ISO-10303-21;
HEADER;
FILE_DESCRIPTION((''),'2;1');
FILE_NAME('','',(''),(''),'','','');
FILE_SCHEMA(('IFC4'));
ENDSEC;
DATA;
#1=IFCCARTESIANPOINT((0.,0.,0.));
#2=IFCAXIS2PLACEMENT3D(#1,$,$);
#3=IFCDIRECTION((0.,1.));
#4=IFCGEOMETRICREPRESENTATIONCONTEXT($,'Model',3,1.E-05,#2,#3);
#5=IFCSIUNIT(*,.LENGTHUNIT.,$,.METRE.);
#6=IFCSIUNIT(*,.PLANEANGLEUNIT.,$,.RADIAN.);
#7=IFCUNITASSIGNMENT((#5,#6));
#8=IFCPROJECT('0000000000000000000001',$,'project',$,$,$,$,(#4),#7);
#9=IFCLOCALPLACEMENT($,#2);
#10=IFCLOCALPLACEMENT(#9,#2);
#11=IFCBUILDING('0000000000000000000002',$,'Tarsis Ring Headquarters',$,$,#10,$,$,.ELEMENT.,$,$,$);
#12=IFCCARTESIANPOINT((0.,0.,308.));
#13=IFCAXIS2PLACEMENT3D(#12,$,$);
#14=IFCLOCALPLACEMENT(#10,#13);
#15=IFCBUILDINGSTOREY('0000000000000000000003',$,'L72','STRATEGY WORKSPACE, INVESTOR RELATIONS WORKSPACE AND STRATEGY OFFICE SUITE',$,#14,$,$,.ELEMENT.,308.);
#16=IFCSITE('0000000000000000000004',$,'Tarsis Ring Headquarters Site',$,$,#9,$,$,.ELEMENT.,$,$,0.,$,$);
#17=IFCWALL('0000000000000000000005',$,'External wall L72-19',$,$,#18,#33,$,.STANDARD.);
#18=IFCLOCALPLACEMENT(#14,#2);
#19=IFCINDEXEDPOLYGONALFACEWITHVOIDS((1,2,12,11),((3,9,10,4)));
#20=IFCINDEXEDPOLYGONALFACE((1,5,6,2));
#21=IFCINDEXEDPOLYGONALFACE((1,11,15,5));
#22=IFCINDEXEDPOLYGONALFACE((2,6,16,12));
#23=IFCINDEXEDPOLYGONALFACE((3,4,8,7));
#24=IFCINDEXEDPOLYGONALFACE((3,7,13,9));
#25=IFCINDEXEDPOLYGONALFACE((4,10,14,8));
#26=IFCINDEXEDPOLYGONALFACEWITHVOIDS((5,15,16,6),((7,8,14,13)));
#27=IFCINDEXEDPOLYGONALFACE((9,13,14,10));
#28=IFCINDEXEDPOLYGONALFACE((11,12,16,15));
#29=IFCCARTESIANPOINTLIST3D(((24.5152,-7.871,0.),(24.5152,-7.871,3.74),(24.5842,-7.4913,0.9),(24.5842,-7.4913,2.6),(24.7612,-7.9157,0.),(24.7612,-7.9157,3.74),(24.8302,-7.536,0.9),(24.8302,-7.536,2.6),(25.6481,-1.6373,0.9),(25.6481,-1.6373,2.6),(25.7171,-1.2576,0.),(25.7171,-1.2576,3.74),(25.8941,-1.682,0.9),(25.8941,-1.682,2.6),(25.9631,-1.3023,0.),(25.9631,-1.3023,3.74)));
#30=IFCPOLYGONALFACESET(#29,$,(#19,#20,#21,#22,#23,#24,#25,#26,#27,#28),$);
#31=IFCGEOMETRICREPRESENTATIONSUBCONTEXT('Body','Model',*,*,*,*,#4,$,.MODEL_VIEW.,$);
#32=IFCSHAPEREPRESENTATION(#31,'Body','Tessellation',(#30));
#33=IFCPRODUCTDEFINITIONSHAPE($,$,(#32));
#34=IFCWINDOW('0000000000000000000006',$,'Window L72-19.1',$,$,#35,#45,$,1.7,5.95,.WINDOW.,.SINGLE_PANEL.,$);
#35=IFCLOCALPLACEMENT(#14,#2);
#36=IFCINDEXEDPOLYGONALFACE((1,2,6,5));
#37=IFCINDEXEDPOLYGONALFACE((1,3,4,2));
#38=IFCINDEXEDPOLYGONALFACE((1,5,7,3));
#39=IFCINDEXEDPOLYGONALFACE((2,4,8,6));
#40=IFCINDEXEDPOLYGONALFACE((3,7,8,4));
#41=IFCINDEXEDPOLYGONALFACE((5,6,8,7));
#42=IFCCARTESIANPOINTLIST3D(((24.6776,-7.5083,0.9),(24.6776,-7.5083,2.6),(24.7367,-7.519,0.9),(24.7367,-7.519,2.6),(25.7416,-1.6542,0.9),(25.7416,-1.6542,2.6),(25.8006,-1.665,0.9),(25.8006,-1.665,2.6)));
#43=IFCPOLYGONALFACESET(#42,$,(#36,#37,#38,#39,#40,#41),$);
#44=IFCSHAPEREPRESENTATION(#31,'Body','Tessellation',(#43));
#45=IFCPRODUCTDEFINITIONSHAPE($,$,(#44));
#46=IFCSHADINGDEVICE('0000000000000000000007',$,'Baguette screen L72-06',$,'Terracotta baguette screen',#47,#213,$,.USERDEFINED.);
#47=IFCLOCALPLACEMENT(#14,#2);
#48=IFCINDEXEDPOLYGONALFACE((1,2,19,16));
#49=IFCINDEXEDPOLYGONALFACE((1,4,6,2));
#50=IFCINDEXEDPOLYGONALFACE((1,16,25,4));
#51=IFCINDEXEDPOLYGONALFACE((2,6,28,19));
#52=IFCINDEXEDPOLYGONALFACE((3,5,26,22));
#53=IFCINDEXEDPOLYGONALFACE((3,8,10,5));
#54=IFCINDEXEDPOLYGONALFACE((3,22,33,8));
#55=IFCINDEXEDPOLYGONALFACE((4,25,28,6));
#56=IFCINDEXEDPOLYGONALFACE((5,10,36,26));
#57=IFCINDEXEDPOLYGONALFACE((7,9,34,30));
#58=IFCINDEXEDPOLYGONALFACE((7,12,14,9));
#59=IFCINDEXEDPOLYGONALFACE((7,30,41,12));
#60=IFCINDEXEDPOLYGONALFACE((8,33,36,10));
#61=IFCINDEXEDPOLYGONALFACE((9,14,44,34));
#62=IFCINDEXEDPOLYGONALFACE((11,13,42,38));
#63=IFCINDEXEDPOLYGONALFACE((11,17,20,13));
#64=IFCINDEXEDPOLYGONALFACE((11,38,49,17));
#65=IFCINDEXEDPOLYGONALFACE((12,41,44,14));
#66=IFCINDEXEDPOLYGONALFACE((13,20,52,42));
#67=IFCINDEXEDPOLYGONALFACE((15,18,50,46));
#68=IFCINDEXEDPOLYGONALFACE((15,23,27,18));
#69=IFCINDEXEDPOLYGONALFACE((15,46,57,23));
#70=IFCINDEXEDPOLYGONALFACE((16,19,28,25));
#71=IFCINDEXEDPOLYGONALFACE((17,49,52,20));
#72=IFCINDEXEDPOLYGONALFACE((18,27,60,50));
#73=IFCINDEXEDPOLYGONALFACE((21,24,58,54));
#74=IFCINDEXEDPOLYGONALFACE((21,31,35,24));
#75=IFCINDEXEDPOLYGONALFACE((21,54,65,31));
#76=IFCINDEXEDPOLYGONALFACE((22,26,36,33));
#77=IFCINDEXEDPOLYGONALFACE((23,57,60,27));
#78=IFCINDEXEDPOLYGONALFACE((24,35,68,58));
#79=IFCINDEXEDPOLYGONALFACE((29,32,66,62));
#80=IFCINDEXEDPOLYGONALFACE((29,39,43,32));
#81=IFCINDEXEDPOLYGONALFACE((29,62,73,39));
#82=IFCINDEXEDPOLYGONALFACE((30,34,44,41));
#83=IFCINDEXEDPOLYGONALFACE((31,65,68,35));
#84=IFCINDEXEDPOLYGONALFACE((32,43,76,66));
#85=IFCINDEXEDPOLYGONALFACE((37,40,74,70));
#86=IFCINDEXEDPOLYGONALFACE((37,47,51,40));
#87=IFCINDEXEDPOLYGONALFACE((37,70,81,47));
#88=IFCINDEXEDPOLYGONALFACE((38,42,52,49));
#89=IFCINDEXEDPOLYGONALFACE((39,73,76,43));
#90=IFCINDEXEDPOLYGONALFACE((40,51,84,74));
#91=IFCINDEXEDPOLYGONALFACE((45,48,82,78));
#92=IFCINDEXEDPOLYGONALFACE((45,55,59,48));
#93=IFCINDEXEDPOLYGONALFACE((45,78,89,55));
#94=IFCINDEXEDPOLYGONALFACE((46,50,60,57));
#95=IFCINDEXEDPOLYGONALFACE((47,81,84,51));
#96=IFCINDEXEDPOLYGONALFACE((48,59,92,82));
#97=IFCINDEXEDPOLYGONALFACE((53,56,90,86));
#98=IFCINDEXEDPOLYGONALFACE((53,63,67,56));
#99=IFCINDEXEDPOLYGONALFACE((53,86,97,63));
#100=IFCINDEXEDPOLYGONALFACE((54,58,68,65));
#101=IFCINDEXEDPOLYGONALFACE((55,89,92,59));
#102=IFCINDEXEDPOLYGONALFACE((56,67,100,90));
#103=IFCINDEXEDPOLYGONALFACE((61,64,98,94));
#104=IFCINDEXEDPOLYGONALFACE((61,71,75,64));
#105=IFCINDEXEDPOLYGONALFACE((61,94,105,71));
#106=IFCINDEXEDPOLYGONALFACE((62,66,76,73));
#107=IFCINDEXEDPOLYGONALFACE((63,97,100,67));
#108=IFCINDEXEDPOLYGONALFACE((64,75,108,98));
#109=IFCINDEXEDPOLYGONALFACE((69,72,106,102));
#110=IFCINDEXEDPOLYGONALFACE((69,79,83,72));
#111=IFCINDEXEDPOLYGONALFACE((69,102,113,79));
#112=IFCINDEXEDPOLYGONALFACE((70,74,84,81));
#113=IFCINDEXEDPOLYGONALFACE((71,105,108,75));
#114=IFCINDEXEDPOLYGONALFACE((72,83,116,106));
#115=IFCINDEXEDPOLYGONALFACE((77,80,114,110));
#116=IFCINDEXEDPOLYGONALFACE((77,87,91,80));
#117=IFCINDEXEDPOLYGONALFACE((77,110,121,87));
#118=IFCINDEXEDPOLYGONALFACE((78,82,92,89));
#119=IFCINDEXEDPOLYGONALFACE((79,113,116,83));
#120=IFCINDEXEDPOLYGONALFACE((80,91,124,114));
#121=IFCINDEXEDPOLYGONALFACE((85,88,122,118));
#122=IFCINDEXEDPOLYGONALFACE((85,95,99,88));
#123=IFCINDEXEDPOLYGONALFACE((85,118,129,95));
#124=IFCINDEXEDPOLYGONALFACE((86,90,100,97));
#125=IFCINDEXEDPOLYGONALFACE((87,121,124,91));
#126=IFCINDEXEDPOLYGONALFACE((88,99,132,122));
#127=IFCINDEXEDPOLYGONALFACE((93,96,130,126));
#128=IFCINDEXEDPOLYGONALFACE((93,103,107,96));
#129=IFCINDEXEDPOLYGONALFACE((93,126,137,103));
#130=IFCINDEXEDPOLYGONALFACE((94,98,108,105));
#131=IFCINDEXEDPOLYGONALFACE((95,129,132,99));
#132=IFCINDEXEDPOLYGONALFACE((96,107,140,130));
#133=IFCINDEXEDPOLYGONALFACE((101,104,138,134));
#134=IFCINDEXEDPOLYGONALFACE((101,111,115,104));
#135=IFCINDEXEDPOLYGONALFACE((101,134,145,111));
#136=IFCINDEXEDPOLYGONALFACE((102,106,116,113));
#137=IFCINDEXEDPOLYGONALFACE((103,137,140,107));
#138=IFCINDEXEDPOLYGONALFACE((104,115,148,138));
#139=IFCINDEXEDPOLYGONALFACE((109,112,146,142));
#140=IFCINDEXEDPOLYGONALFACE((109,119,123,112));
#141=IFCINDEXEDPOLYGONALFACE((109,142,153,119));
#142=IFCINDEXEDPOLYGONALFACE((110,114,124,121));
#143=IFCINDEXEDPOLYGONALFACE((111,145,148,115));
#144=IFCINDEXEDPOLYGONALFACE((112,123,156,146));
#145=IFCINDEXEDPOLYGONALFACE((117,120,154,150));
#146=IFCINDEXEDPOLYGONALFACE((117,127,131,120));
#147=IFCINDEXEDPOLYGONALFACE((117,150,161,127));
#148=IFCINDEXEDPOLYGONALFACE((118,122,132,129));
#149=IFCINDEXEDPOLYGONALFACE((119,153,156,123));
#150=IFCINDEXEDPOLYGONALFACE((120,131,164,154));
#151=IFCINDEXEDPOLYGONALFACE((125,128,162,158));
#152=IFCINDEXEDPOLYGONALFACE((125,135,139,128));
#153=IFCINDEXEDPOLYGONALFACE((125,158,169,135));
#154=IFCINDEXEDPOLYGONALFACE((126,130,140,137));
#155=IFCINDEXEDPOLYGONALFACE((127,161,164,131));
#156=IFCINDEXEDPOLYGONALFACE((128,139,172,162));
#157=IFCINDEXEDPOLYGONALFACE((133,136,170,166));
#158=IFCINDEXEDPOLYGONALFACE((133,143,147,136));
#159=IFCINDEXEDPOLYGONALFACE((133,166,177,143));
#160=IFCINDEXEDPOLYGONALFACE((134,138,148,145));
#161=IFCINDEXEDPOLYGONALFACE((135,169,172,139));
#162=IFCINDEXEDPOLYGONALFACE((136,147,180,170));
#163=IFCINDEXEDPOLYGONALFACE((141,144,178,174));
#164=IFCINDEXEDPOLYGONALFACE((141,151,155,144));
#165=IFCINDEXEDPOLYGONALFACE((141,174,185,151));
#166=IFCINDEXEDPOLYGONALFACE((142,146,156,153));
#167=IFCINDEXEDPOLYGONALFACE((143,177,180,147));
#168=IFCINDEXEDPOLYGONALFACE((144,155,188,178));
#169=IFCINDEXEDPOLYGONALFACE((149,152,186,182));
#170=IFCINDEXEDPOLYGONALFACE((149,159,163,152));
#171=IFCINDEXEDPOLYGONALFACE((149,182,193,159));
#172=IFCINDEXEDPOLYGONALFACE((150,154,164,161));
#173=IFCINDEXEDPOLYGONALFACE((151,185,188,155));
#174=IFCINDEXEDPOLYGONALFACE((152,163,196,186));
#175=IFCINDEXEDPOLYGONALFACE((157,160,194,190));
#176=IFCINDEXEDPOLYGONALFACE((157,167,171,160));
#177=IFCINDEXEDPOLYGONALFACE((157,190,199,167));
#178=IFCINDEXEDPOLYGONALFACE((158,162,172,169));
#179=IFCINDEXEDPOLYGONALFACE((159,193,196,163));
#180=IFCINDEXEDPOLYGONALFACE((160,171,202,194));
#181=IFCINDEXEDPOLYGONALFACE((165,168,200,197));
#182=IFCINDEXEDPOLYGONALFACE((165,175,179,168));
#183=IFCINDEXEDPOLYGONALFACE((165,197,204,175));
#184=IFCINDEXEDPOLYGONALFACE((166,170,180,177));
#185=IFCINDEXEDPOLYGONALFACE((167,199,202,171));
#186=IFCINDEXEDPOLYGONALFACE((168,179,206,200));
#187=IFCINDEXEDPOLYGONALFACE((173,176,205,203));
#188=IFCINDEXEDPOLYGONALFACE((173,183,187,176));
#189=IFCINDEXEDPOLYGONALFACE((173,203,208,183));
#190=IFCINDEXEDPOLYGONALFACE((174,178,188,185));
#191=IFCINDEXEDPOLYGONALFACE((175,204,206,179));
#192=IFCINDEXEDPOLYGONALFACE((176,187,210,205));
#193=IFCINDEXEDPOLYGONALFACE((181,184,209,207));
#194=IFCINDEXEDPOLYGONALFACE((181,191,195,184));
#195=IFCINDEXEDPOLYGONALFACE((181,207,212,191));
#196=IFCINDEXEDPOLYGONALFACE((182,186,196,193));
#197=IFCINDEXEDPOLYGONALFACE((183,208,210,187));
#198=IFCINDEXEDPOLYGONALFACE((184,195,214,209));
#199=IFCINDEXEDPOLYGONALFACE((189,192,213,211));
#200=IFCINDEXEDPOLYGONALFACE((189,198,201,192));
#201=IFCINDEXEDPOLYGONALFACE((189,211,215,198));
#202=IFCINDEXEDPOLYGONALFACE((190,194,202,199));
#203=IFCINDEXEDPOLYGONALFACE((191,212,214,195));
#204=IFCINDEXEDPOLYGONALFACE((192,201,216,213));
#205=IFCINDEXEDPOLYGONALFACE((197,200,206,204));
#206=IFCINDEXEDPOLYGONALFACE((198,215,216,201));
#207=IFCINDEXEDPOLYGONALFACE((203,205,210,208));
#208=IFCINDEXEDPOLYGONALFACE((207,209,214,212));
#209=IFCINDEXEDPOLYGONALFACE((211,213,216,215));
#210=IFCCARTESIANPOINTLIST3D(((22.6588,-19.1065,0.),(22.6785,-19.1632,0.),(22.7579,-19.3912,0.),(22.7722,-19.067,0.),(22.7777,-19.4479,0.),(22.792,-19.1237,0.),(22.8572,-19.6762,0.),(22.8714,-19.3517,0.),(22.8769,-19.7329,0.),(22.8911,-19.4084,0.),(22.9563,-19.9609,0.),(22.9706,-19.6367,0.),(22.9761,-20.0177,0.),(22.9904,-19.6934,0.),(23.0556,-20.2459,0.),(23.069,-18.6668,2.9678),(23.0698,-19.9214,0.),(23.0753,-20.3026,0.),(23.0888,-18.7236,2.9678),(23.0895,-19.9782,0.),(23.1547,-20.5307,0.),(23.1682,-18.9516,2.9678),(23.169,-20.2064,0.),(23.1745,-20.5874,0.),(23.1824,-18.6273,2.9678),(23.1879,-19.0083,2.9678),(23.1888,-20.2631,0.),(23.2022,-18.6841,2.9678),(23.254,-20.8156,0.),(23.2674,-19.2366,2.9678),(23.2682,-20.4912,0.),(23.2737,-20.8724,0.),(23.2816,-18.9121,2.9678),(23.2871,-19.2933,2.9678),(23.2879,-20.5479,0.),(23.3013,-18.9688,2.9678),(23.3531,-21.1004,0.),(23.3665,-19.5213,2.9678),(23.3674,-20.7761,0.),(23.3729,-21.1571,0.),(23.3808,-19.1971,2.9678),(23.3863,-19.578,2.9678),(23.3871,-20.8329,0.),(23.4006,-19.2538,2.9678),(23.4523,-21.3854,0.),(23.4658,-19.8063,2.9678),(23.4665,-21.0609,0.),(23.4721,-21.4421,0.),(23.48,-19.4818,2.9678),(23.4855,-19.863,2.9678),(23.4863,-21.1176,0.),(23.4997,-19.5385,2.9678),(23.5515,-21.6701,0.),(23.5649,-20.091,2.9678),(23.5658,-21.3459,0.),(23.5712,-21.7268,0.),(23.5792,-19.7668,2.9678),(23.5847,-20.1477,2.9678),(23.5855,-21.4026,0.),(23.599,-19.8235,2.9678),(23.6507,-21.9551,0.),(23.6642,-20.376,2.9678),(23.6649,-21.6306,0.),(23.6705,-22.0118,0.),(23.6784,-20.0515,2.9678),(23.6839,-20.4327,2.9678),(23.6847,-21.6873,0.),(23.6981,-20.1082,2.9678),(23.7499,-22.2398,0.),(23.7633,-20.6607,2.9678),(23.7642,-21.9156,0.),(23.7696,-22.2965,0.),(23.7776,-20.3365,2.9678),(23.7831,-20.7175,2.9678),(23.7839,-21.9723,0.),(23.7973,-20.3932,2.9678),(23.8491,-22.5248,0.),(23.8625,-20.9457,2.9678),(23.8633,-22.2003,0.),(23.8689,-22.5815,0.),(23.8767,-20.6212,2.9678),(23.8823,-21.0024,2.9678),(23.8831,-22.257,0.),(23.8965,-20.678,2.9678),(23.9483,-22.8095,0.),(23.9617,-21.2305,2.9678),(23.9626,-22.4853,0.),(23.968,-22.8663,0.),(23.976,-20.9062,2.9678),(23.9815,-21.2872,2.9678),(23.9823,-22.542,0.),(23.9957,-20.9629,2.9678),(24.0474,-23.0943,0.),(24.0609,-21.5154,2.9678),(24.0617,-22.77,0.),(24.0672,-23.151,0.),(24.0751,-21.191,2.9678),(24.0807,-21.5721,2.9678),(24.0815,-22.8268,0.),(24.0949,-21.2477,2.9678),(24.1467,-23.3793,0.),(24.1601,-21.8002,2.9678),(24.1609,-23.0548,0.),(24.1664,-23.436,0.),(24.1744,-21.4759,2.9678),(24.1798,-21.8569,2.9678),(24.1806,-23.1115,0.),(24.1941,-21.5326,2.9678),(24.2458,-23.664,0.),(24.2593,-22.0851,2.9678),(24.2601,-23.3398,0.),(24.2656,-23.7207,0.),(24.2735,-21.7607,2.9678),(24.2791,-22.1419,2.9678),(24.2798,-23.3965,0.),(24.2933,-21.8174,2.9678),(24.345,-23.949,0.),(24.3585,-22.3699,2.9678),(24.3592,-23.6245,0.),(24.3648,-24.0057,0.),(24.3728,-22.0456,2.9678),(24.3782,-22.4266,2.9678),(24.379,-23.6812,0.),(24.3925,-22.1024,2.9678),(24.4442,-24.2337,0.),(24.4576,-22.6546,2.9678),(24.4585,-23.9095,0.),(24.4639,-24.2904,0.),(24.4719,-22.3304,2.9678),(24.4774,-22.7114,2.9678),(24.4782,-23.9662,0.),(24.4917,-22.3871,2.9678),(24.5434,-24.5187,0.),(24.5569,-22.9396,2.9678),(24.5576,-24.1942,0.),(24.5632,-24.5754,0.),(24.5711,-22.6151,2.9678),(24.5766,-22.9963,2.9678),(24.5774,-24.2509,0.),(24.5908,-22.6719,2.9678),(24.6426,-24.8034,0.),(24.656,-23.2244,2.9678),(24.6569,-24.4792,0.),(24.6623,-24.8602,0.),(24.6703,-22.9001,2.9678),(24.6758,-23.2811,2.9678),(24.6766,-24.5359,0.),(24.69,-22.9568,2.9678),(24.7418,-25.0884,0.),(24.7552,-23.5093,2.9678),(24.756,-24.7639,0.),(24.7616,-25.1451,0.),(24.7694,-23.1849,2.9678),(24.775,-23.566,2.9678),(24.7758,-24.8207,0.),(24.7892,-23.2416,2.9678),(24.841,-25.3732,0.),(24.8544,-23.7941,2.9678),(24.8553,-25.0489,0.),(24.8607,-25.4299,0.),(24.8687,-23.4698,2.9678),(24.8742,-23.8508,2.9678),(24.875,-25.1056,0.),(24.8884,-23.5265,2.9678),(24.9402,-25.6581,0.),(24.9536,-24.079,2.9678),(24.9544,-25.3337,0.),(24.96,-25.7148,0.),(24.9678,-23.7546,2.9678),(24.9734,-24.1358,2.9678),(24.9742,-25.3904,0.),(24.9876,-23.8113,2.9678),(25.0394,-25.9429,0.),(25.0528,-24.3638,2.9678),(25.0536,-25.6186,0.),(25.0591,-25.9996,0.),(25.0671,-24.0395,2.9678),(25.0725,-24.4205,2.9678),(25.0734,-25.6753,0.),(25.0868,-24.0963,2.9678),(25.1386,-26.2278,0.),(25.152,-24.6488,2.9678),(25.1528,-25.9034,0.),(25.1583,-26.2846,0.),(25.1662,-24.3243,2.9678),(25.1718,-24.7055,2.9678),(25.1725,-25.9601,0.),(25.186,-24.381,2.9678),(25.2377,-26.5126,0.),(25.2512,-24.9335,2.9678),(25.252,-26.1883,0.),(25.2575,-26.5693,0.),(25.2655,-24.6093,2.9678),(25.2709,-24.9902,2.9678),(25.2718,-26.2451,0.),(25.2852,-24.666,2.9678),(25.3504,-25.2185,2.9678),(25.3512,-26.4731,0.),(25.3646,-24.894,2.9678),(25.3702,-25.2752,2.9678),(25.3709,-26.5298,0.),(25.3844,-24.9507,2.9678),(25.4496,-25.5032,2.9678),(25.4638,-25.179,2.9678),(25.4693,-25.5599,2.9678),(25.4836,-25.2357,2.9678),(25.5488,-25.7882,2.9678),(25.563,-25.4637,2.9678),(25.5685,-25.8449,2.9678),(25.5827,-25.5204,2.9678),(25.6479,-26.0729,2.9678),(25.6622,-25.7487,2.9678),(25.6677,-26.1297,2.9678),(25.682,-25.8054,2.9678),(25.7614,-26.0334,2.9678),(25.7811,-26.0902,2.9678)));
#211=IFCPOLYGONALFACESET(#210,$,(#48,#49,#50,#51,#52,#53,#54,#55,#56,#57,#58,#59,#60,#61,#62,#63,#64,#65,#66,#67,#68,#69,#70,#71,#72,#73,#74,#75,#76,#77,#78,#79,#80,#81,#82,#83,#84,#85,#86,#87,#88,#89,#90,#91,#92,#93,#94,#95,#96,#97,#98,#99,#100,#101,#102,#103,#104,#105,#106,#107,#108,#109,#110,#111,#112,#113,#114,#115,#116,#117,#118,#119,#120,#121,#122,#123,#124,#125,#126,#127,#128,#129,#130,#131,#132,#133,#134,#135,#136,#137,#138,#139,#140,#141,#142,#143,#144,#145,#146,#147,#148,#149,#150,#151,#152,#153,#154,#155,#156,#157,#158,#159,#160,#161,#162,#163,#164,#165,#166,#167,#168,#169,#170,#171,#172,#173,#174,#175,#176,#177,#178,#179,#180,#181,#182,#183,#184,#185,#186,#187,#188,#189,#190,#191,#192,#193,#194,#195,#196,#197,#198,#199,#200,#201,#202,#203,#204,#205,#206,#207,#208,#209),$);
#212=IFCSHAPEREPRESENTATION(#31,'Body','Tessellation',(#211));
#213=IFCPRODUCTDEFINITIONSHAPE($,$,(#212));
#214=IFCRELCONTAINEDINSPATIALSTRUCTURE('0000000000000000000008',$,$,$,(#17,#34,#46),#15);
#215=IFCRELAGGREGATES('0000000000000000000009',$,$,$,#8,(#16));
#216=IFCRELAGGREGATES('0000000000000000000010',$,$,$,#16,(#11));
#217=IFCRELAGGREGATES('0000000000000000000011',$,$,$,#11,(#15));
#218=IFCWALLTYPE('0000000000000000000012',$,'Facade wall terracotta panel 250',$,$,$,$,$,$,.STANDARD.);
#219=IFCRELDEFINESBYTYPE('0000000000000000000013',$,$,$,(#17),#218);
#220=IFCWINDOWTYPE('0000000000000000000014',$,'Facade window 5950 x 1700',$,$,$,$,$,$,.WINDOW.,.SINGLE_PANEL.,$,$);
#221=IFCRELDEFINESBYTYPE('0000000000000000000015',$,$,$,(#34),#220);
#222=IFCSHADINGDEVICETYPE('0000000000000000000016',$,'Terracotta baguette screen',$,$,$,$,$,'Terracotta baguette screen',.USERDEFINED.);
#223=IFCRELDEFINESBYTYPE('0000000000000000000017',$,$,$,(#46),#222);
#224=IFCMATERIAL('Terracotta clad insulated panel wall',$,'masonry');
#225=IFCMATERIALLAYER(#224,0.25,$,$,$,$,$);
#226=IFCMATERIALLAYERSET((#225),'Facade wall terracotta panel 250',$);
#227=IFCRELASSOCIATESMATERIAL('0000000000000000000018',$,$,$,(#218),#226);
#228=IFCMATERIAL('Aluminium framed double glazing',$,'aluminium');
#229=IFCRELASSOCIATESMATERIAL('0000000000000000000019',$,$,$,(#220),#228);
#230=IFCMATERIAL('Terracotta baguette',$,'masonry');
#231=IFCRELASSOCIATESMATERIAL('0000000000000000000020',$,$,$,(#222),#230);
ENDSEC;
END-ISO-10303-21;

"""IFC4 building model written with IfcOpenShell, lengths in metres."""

from ifc_helpers import new_model, si_unit, direction, frame, frame_2d, origin, place, context, subcontext, project, spatial, rectangle, composite_profile, extrude, material, layer, layer_set, type_object, element, fill, save


model = new_model("IFC4")

# Units and contexts
model_context = context("Model", 3, precision=1e-05, world=origin(), true_north=direction((0.0, 1.0)))
body_context = subcontext(model_context, "Body", "Model", "MODEL_VIEW")
ifc_project = project(units=[si_unit("LENGTHUNIT", "METRE"), si_unit("PLANEANGLEUNIT", "RADIAN")], contexts=[model_context])

# Site, building, storey
site_placement = place(None, origin())
site = spatial("IfcSite", under=ifc_project, at=site_placement, Name="Tarsis Ring Headquarters Site", CompositionType="ELEMENT", RefElevation=0.0)
building_placement = place(site_placement, origin())
building = spatial("IfcBuilding", under=site, at=building_placement, Name="Tarsis Ring Headquarters", CompositionType="ELEMENT")
storey_placement = place(building_placement, frame((0.0, 0.0, 308.0)))
storey = spatial("IfcBuildingStorey", under=building, at=storey_placement, Name="L72", Description="STRATEGY WORKSPACE, INVESTOR RELATIONS WORKSPACE AND STRATEGY OFFICE SUITE", CompositionType="ELEMENT", Elevation=308.0)

# Shared definitions
ifc_material_1 = material(Name="Terracotta clad insulated panel wall", Category="masonry")
ifc_layer = layer(ifc_material_1, 0.25)
ifc_layer_set = layer_set([ifc_layer], Name="Facade wall terracotta panel 250")
wall_type = type_object("IfcWallType", Name="Facade wall terracotta panel 250", PredefinedType="STANDARD", material=ifc_layer_set)
ifc_material_2 = material(Name="Aluminium framed double glazing", Category="aluminium")

# Wall, opening, window
wall_1_placement = place(storey_placement, frame((24.6382, -7.8933, 0.0), z_axis=(0.0, 0.0, 1.0), x_axis=(0.178812, 0.983883, 0.0)))
wall_1 = element("IfcWall", 1, at=wall_1_placement, inside=storey, type_object=wall_type, Name="External wall L72-19", PredefinedType="STANDARD", context=body_context, shape_type="SweptSolid", body=[
    extrude(rectangle(XDim=6.7217, YDim=0.25, at=frame_2d((3.3608, 0.0))), origin(), (0.0, 0.0, 1.0), 3.74),
])
opening_1_placement = place(wall_1_placement, frame((0.3857, 0.0, 0.8999)))
opening_1 = element("IfcOpeningElement", 2, at=opening_1_placement, cuts=wall_1, PredefinedType="OPENING", context=body_context, shape_type="SweptSolid", body=[
    extrude(rectangle(XDim=5.95, YDim=1.7, at=frame_2d((2.9751, 0.8501))), frame((0.0, 0.135, 0.0), z_axis=(0.0, -1.0, 0.0), x_axis=(1.0, 0.0, 0.0)), (0.0, 0.0, 1.0), 0.27),
])
window_type_1 = type_object("IfcWindowType", Name="Facade window 5950 x 1700", PartitioningType="SINGLE_PANEL", PredefinedType="WINDOW", material=ifc_material_2)
window_1_placement = place(opening_1_placement, origin())
window_1 = element("IfcWindow", 3, at=window_1_placement, inside=storey, type_object=window_type_1, Name="Window L72-19.1", OverallHeight=1.7, OverallWidth=5.95, PartitioningType="SINGLE_PANEL", PredefinedType="WINDOW", context=body_context, shape_type="SweptSolid", body=[
    extrude(rectangle(XDim=5.95, YDim=1.7, at=frame_2d((2.9751, 0.8501))), frame((0.0, 0.03, 0.0), z_axis=(0.0, -1.0, 0.0), x_axis=(1.0, 0.0, 0.0)), (0.0, 0.0, 1.0), 0.0601),
])
fill(opening_1, window_1)

# Shading device
ifc_material_3 = material(Name="Terracotta baguette", Category="masonry")
shading_device_type_1 = type_object("IfcShadingDeviceType", Name="Terracotta baguette screen", ElementType="Terracotta baguette screen", PredefinedType="USERDEFINED", material=ifc_material_3)
shading_device_1_placement = place(storey_placement, frame((25.3142, -26.5496, 0.0), z_axis=(0.0, 0.0, 1.0), x_axis=(-0.328853, 0.944388, 0.0)))
element("IfcShadingDevice", 4, at=shading_device_1_placement, inside=storey, type_object=shading_device_type_1, Name="Baguette screen L72-06", ObjectType="Terracotta baguette screen", PredefinedType="USERDEFINED", context=body_context, shape_type="SweptSolid", body=[
    extrude(composite_profile([rectangle(XDim=0.0601, YDim=0.1201, at=frame_2d((0.03, 0.0))), rectangle(XDim=0.0601, YDim=0.1201, at=frame_2d((0.3315, 0.0))), rectangle(XDim=0.0601, YDim=0.1201, at=frame_2d((0.6333, 0.0))), rectangle(XDim=0.0601, YDim=0.1201, at=frame_2d((0.9348, 0.0))), rectangle(XDim=0.0601, YDim=0.1201, at=frame_2d((1.2366, 0.0))), rectangle(XDim=0.0601, YDim=0.1201, at=frame_2d((1.5381, 0.0))), rectangle(XDim=0.0601, YDim=0.1201, at=frame_2d((1.8398, 0.0))), rectangle(XDim=0.0601, YDim=0.1201, at=frame_2d((2.1414, 0.0))), rectangle(XDim=0.0601, YDim=0.1201, at=frame_2d((2.4431, 0.0))), rectangle(XDim=0.0601, YDim=0.1201, at=frame_2d((2.7446, 0.0))), rectangle(XDim=0.0601, YDim=0.1201, at=frame_2d((3.0464, 0.0))), rectangle(XDim=0.0601, YDim=0.1201, at=frame_2d((3.3479, 0.0))), rectangle(XDim=0.0601, YDim=0.1201, at=frame_2d((3.6497, 0.0))), rectangle(XDim=0.0601, YDim=0.1201, at=frame_2d((3.9512, 0.0))), rectangle(XDim=0.0601, YDim=0.1201, at=frame_2d((4.2527, 0.0))), rectangle(XDim=0.0601, YDim=0.1201, at=frame_2d((4.5544, 0.0))), rectangle(XDim=0.0601, YDim=0.1201, at=frame_2d((4.856, 0.0))), rectangle(XDim=0.0601, YDim=0.1201, at=frame_2d((5.1577, 0.0))), rectangle(XDim=0.0601, YDim=0.1201, at=frame_2d((5.4592, 0.0))), rectangle(XDim=0.0601, YDim=0.1201, at=frame_2d((5.761, 0.0))), rectangle(XDim=0.0601, YDim=0.1201, at=frame_2d((6.0625, 0.0))), rectangle(XDim=0.0601, YDim=0.1201, at=frame_2d((6.3643, 0.0))), rectangle(XDim=0.0601, YDim=0.1201, at=frame_2d((6.6658, 0.0))), rectangle(XDim=0.0601, YDim=0.1201, at=frame_2d((6.9675, 0.0))), rectangle(XDim=0.0601, YDim=0.1201, at=frame_2d((7.269, 0.0))), rectangle(XDim=0.0601, YDim=0.1201, at=frame_2d((7.5708, 0.0))), rectangle(XDim=0.0601, YDim=0.1201, at=frame_2d((7.8723, 0.0)))]), origin(), (0.092565, -0.175679, 0.980086), 3.0281),
])

save(model, "model.ifc")
